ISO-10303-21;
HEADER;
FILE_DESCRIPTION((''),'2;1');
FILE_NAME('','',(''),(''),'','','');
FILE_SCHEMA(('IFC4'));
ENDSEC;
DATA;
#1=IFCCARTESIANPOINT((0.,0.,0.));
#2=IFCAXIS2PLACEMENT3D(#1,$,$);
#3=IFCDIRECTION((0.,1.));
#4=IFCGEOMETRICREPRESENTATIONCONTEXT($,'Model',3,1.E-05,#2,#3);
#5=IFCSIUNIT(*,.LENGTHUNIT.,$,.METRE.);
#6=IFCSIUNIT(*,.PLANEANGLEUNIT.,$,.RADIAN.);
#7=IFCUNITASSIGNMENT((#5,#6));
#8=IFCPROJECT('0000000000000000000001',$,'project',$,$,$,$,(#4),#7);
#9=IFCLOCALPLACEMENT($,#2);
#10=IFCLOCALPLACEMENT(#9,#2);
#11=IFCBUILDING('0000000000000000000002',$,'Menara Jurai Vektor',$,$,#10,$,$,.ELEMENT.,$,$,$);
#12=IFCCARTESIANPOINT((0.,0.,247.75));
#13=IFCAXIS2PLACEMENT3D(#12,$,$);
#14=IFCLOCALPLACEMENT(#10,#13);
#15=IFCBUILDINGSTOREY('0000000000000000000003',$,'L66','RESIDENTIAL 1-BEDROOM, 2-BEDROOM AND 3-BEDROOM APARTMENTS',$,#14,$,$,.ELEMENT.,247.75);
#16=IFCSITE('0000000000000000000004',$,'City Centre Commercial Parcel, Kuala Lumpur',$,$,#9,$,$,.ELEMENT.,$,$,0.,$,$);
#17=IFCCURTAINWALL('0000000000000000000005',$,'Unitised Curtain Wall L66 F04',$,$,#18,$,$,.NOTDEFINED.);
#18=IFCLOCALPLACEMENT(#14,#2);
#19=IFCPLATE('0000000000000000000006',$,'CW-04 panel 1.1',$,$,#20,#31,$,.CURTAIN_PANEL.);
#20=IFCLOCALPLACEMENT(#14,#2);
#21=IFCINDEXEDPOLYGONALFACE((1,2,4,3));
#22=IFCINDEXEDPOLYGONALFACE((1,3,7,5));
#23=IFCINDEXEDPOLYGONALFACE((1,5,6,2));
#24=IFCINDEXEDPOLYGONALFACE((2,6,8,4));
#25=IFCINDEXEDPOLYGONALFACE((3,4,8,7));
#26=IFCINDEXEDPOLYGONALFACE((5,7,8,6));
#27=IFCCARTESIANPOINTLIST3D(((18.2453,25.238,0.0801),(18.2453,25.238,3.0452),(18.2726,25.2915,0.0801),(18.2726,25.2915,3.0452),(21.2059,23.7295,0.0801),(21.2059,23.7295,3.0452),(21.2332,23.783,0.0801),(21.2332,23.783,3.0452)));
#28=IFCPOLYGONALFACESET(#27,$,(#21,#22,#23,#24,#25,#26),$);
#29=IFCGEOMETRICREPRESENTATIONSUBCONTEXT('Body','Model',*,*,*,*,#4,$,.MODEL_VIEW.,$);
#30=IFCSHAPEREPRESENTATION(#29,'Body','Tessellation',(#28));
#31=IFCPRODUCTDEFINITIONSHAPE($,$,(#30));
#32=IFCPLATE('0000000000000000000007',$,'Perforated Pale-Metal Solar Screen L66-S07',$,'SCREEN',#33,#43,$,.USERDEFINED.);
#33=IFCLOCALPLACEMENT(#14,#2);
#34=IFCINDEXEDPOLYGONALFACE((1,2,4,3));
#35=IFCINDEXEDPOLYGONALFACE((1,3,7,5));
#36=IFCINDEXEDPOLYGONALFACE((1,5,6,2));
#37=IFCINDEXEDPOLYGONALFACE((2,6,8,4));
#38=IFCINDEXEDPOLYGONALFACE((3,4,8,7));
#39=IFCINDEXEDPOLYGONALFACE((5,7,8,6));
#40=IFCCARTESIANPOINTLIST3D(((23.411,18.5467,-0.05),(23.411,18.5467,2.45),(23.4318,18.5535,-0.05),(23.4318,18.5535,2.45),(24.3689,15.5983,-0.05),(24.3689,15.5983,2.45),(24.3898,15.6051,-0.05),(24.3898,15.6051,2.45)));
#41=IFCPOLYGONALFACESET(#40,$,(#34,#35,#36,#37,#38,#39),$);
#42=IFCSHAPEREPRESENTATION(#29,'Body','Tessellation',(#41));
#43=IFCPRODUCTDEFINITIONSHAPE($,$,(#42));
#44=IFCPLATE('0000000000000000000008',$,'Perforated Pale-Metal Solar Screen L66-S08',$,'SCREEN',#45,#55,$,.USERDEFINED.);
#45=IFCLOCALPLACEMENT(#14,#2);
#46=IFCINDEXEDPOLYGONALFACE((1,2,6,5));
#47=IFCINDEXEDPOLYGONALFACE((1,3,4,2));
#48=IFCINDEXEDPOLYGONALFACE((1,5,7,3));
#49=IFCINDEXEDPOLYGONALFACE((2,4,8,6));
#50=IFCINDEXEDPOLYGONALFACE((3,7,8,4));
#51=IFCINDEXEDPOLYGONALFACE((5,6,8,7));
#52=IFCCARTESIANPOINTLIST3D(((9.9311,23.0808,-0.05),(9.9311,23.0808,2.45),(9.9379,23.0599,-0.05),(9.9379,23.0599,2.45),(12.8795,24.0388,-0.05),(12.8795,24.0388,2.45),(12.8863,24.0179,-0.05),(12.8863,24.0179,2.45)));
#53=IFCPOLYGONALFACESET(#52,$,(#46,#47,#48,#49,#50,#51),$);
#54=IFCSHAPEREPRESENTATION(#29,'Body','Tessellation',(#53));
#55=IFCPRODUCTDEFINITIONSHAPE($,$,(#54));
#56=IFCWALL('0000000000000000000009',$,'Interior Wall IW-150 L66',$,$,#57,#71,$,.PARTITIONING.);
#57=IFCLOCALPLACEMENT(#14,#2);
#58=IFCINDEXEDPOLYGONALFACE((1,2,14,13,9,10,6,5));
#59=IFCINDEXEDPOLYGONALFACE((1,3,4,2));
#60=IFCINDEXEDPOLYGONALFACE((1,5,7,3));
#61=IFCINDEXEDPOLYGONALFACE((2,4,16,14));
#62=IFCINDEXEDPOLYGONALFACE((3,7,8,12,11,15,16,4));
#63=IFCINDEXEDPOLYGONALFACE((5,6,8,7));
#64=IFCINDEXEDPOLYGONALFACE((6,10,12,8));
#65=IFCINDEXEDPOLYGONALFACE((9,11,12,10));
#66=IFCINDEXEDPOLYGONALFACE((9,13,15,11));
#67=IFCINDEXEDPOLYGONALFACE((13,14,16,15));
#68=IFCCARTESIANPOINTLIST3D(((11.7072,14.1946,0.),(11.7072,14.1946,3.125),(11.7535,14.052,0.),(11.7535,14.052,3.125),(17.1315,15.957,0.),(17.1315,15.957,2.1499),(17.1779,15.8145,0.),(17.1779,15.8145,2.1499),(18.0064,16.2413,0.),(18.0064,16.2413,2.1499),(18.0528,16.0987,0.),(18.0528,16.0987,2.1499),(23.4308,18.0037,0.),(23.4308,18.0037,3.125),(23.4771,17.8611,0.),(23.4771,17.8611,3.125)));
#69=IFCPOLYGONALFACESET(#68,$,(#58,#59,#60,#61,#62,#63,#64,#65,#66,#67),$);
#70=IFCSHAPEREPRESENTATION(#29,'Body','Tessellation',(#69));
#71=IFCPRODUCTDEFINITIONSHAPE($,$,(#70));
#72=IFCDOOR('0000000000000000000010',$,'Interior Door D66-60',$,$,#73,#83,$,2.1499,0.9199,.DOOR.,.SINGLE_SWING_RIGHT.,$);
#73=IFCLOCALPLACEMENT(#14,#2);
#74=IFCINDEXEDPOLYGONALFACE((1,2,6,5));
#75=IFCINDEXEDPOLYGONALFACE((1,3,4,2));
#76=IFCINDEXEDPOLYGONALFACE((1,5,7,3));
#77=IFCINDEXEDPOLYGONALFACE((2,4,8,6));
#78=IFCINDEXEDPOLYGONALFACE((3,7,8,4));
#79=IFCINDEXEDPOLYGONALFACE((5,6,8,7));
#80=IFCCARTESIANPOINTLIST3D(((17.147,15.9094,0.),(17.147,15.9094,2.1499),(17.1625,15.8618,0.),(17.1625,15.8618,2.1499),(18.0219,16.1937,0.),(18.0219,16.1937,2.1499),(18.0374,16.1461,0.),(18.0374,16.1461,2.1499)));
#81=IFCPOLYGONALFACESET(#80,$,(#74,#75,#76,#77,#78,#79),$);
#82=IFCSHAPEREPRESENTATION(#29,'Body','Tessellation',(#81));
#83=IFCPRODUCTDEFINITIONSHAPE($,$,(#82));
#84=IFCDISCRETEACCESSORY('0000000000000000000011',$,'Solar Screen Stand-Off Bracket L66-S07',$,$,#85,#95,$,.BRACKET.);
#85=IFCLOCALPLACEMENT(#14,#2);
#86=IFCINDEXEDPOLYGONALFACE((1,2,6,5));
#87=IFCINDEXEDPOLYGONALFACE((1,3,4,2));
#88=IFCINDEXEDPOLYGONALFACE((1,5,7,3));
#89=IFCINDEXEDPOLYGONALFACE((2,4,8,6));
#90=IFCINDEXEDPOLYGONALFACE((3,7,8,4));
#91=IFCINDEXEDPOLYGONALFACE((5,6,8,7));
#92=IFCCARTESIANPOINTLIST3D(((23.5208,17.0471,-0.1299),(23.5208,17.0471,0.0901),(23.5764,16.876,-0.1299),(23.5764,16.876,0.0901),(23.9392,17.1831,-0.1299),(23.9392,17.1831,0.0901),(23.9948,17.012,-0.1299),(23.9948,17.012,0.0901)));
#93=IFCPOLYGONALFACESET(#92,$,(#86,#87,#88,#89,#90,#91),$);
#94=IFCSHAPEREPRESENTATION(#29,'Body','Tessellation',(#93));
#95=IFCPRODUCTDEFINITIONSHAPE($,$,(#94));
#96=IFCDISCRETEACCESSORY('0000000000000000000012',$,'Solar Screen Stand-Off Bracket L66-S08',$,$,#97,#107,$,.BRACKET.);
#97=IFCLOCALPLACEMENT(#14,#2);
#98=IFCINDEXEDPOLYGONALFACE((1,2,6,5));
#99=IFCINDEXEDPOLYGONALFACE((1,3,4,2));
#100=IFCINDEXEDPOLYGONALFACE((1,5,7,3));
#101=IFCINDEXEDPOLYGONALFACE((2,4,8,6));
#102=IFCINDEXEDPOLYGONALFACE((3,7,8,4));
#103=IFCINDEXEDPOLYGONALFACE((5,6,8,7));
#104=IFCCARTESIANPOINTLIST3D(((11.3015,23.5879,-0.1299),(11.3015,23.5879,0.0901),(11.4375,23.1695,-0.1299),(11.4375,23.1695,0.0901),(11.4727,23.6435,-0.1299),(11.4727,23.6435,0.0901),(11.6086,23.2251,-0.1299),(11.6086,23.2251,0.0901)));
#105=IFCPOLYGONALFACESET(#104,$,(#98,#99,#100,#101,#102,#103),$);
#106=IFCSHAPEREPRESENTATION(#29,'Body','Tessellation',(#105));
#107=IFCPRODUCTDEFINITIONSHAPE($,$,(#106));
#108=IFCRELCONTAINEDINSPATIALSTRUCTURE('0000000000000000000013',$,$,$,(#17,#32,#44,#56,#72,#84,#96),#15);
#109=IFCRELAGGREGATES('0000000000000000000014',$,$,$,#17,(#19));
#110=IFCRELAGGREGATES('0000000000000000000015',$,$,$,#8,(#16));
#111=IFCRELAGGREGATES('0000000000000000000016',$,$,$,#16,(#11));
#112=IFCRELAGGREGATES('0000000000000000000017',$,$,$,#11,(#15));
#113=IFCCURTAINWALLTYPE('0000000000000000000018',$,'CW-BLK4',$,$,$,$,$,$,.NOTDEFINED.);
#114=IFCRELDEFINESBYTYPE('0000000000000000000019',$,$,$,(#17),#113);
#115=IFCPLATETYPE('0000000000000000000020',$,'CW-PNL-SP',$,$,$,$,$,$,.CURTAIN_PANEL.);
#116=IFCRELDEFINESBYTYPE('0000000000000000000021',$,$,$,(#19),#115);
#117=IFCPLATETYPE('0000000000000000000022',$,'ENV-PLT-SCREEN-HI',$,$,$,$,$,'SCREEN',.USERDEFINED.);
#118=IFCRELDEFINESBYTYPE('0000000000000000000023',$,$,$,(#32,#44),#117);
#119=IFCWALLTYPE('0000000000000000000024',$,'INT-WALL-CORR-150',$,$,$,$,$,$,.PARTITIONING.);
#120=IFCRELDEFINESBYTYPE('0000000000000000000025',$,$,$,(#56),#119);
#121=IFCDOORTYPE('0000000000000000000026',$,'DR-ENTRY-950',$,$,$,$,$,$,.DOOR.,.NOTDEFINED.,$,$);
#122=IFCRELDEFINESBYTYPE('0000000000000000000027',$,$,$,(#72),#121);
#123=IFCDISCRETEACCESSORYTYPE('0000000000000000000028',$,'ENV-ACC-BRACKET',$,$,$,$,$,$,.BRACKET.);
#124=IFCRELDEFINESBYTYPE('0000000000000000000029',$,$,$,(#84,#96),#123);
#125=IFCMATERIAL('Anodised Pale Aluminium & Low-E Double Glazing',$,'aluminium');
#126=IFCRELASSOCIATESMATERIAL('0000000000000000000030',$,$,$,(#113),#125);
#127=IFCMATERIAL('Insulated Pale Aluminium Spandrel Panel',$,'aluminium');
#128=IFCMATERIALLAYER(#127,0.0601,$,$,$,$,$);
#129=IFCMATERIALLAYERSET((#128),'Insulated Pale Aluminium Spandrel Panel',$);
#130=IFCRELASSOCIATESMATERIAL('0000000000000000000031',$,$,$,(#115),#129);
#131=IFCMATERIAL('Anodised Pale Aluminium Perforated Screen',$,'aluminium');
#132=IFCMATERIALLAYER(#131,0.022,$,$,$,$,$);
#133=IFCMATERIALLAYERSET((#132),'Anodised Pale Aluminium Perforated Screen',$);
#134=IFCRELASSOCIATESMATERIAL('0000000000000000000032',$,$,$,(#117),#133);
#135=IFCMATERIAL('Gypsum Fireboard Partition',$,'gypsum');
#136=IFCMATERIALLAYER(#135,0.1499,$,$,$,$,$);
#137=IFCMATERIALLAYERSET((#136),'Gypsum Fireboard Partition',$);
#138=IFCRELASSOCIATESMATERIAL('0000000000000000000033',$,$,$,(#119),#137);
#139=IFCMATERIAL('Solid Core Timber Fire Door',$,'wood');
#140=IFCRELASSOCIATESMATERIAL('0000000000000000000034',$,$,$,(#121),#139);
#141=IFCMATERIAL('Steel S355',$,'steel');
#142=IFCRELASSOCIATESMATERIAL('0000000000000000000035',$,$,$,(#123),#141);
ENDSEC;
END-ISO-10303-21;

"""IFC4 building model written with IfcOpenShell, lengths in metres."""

from ifc_helpers import new_model, si_unit, direction, frame, frame_2d, origin, origin_2d, place, context, subcontext, project, spatial, rectangle, extrude, material, layer, layer_set, type_object, element, fill, aggregate, save


model = new_model("IFC4")

# Units and contexts
model_context = context("Model", 3, precision=1e-05, world=origin(), true_north=direction((0.0, 1.0)))
body_context = subcontext(model_context, "Body", "Model", "MODEL_VIEW")
ifc_project = project(units=[si_unit("LENGTHUNIT", "METRE"), si_unit("PLANEANGLEUNIT", "RADIAN")], contexts=[model_context])

# Site, building, storey
site_placement = place(None, origin())
site = spatial("IfcSite", under=ifc_project, at=site_placement, Name="City Centre Commercial Parcel, Kuala Lumpur", CompositionType="ELEMENT", RefElevation=0.0)
building_placement = place(site_placement, origin())
building = spatial("IfcBuilding", under=site, at=building_placement, Name="Menara Jurai Vektor", CompositionType="ELEMENT")
storey_placement = place(building_placement, frame((0.0, 0.0, 247.75)))
storey = spatial("IfcBuildingStorey", under=building, at=storey_placement, Name="L66", Description="RESIDENTIAL 1-BEDROOM, 2-BEDROOM AND 3-BEDROOM APARTMENTS", CompositionType="ELEMENT", Elevation=247.75)

# Curtain wall
ifc_material_1 = material(Name="Anodised Pale Aluminium & Low-E Double Glazing", Category="aluminium")
curtain_wall_type = type_object("IfcCurtainWallType", Name="CW-BLK4", PredefinedType="NOTDEFINED", material=ifc_material_1)
curtain_wall_1_placement = place(storey_placement, origin())
curtain_wall_1 = element("IfcCurtainWall", 1, at=curtain_wall_1_placement, inside=storey, type_object=curtain_wall_type, Name="Unitised Curtain Wall L66 F04", PredefinedType="NOTDEFINED")

# Shared definitions
ifc_material_2 = material(Name="Steel S355", Category="steel")

# Plate
ifc_material_3 = material(Name="Insulated Pale Aluminium Spandrel Panel", Category="aluminium")
ifc_layer_1 = layer(ifc_material_3, 0.0601)
ifc_layer_set_1 = layer_set([ifc_layer_1], Name="Insulated Pale Aluminium Spandrel Panel")
plate_type_1 = type_object("IfcPlateType", Name="CW-PNL-SP", PredefinedType="CURTAIN_PANEL", material=ifc_layer_set_1)
plate_1_placement = place(storey_placement, frame((19.7393, 24.5105, 0.0801), z_axis=(0.0, 0.0, 1.0), x_axis=(-0.891008, 0.453989, 0.0)))
plate_1 = element("IfcPlate", 2, at=plate_1_placement, type_object=plate_type_1, Name="CW-04 panel 1.1", PredefinedType="CURTAIN_PANEL", context=body_context, shape_type="SweptSolid", body=[
    extrude(rectangle(XDim=3.3228, YDim=0.0601, at=origin_2d()), origin(), (0.0, 0.0, 1.0), 2.9651),
])
aggregate(curtain_wall_1, [plate_1])

# Plates
ifc_material_4 = material(Name="Anodised Pale Aluminium Perforated Screen", Category="aluminium")
ifc_layer_2 = layer(ifc_material_4, 0.022)
ifc_layer_set_2 = layer_set([ifc_layer_2], Name="Anodised Pale Aluminium Perforated Screen")
plate_type_2 = type_object("IfcPlateType", Name="ENV-PLT-SCREEN-HI", ElementType="SCREEN", PredefinedType="USERDEFINED", material=ifc_layer_set_2)
for number, where, z_axis, x_axis, name in (
    (3, (23.9004, 17.0759, -0.05), (0.0, 0.0, 1.0), (-0.309017, 0.951057, 0.0), "Perforated Pale-Metal Solar Screen L66-S07"),
    (4, (11.4087, 23.5493, -0.05), (0.0, 0.0, 1.0), (-0.951057, -0.309017, 0.0), "Perforated Pale-Metal Solar Screen L66-S08"),
):
    element("IfcPlate", number, at=place(storey_placement, frame(where, z_axis=z_axis, x_axis=x_axis)), inside=storey, type_object=plate_type_2, Name=name, ObjectType="SCREEN", PredefinedType="USERDEFINED", context=body_context, shape_type="SweptSolid", body=[
        extrude(rectangle(XDim=3.1001, YDim=0.022, at=origin_2d()), origin(), (0.0, 0.0, 1.0), 2.5),
    ])

# Wall, opening, door
ifc_material_5 = material(Name="Gypsum Fireboard Partition", Category="gypsum")
ifc_layer_3 = layer(ifc_material_5, 0.1499)
ifc_layer_set_3 = layer_set([ifc_layer_3], Name="Gypsum Fireboard Partition")
wall_type = type_object("IfcWallType", Name="INT-WALL-CORR-150", PredefinedType="PARTITIONING", material=ifc_layer_set_3)
wall_placement = place(storey_placement, frame((11.7302, 14.1233, 0.0), z_axis=(0.0, 0.0, 1.0), x_axis=(0.95106, 0.309005, 0.0)))
wall = element("IfcWall", 5, at=wall_placement, inside=storey, type_object=wall_type, Name="Interior Wall IW-150 L66", PredefinedType="PARTITIONING", context=body_context, shape_type="SweptSolid", body=[
    extrude(rectangle(XDim=12.3269, YDim=0.1499, at=frame_2d((6.1636, 0.0))), origin(), (0.0, 0.0, 1.0), 3.125),
])
opening_placement = place(wall_placement, frame((5.7036, 0.0, 0.0)))
opening = element("IfcOpeningElement", 6, at=opening_placement, cuts=wall, PredefinedType="OPENING", context=body_context, shape_type="SweptSolid", body=[
    extrude(rectangle(XDim=0.9199, YDim=2.1499, at=frame_2d((0.46, 1.075))), frame((0.0, 0.085, 0.0), z_axis=(0.0, -1.0, 0.0), x_axis=(1.0, 0.0, 0.0)), (0.0, 0.0, 1.0), 0.1699),
])
ifc_material_6 = material(Name="Solid Core Timber Fire Door", Category="wood")
door_type = type_object("IfcDoorType", Name="DR-ENTRY-950", OperationType="NOTDEFINED", PredefinedType="DOOR", material=ifc_material_6)
door_placement = place(opening_placement, origin())
door = element("IfcDoor", 7, at=door_placement, inside=storey, type_object=door_type, Name="Interior Door D66-60", OperationType="SINGLE_SWING_RIGHT", OverallHeight=2.1499, OverallWidth=0.9199, PredefinedType="DOOR", context=body_context, shape_type="SweptSolid", body=[
    extrude(rectangle(XDim=0.9199, YDim=2.1499, at=frame_2d((0.46, 1.075))), frame((0.0, 0.0249, 0.0), z_axis=(0.0, -1.0, 0.0), x_axis=(1.0, 0.0, 0.0)), (0.0, 0.0, 1.0), 0.05),
])
fill(opening, door)

# Discrete accessories
discrete_accessory_type = type_object("IfcDiscreteAccessoryType", Name="ENV-ACC-BRACKET", PredefinedType="BRACKET", material=ifc_material_2)
for number, where, z_axis, x_axis, name in (
    (8, (23.7578, 17.0295, -0.1299), (0.0, 0.0, 1.0), (-0.309017, 0.951057, 0.0), "Solar Screen Stand-Off Bracket L66-S07"),
    (9, (11.4551, 23.4065, -0.1299), (0.0, 0.0, 1.0), (-0.951057, -0.309017, 0.0), "Solar Screen Stand-Off Bracket L66-S08"),
):
    element("IfcDiscreteAccessory", number, at=place(storey_placement, frame(where, z_axis=z_axis, x_axis=x_axis)), inside=storey, type_object=discrete_accessory_type, Name=name, PredefinedType="BRACKET", context=body_context, shape_type="SweptSolid", body=[
        extrude(rectangle(XDim=0.1799, YDim=0.4399, at=origin_2d()), origin(), (0.0, 0.0, 1.0), 0.22),
    ])

save(model, "model.ifc")
